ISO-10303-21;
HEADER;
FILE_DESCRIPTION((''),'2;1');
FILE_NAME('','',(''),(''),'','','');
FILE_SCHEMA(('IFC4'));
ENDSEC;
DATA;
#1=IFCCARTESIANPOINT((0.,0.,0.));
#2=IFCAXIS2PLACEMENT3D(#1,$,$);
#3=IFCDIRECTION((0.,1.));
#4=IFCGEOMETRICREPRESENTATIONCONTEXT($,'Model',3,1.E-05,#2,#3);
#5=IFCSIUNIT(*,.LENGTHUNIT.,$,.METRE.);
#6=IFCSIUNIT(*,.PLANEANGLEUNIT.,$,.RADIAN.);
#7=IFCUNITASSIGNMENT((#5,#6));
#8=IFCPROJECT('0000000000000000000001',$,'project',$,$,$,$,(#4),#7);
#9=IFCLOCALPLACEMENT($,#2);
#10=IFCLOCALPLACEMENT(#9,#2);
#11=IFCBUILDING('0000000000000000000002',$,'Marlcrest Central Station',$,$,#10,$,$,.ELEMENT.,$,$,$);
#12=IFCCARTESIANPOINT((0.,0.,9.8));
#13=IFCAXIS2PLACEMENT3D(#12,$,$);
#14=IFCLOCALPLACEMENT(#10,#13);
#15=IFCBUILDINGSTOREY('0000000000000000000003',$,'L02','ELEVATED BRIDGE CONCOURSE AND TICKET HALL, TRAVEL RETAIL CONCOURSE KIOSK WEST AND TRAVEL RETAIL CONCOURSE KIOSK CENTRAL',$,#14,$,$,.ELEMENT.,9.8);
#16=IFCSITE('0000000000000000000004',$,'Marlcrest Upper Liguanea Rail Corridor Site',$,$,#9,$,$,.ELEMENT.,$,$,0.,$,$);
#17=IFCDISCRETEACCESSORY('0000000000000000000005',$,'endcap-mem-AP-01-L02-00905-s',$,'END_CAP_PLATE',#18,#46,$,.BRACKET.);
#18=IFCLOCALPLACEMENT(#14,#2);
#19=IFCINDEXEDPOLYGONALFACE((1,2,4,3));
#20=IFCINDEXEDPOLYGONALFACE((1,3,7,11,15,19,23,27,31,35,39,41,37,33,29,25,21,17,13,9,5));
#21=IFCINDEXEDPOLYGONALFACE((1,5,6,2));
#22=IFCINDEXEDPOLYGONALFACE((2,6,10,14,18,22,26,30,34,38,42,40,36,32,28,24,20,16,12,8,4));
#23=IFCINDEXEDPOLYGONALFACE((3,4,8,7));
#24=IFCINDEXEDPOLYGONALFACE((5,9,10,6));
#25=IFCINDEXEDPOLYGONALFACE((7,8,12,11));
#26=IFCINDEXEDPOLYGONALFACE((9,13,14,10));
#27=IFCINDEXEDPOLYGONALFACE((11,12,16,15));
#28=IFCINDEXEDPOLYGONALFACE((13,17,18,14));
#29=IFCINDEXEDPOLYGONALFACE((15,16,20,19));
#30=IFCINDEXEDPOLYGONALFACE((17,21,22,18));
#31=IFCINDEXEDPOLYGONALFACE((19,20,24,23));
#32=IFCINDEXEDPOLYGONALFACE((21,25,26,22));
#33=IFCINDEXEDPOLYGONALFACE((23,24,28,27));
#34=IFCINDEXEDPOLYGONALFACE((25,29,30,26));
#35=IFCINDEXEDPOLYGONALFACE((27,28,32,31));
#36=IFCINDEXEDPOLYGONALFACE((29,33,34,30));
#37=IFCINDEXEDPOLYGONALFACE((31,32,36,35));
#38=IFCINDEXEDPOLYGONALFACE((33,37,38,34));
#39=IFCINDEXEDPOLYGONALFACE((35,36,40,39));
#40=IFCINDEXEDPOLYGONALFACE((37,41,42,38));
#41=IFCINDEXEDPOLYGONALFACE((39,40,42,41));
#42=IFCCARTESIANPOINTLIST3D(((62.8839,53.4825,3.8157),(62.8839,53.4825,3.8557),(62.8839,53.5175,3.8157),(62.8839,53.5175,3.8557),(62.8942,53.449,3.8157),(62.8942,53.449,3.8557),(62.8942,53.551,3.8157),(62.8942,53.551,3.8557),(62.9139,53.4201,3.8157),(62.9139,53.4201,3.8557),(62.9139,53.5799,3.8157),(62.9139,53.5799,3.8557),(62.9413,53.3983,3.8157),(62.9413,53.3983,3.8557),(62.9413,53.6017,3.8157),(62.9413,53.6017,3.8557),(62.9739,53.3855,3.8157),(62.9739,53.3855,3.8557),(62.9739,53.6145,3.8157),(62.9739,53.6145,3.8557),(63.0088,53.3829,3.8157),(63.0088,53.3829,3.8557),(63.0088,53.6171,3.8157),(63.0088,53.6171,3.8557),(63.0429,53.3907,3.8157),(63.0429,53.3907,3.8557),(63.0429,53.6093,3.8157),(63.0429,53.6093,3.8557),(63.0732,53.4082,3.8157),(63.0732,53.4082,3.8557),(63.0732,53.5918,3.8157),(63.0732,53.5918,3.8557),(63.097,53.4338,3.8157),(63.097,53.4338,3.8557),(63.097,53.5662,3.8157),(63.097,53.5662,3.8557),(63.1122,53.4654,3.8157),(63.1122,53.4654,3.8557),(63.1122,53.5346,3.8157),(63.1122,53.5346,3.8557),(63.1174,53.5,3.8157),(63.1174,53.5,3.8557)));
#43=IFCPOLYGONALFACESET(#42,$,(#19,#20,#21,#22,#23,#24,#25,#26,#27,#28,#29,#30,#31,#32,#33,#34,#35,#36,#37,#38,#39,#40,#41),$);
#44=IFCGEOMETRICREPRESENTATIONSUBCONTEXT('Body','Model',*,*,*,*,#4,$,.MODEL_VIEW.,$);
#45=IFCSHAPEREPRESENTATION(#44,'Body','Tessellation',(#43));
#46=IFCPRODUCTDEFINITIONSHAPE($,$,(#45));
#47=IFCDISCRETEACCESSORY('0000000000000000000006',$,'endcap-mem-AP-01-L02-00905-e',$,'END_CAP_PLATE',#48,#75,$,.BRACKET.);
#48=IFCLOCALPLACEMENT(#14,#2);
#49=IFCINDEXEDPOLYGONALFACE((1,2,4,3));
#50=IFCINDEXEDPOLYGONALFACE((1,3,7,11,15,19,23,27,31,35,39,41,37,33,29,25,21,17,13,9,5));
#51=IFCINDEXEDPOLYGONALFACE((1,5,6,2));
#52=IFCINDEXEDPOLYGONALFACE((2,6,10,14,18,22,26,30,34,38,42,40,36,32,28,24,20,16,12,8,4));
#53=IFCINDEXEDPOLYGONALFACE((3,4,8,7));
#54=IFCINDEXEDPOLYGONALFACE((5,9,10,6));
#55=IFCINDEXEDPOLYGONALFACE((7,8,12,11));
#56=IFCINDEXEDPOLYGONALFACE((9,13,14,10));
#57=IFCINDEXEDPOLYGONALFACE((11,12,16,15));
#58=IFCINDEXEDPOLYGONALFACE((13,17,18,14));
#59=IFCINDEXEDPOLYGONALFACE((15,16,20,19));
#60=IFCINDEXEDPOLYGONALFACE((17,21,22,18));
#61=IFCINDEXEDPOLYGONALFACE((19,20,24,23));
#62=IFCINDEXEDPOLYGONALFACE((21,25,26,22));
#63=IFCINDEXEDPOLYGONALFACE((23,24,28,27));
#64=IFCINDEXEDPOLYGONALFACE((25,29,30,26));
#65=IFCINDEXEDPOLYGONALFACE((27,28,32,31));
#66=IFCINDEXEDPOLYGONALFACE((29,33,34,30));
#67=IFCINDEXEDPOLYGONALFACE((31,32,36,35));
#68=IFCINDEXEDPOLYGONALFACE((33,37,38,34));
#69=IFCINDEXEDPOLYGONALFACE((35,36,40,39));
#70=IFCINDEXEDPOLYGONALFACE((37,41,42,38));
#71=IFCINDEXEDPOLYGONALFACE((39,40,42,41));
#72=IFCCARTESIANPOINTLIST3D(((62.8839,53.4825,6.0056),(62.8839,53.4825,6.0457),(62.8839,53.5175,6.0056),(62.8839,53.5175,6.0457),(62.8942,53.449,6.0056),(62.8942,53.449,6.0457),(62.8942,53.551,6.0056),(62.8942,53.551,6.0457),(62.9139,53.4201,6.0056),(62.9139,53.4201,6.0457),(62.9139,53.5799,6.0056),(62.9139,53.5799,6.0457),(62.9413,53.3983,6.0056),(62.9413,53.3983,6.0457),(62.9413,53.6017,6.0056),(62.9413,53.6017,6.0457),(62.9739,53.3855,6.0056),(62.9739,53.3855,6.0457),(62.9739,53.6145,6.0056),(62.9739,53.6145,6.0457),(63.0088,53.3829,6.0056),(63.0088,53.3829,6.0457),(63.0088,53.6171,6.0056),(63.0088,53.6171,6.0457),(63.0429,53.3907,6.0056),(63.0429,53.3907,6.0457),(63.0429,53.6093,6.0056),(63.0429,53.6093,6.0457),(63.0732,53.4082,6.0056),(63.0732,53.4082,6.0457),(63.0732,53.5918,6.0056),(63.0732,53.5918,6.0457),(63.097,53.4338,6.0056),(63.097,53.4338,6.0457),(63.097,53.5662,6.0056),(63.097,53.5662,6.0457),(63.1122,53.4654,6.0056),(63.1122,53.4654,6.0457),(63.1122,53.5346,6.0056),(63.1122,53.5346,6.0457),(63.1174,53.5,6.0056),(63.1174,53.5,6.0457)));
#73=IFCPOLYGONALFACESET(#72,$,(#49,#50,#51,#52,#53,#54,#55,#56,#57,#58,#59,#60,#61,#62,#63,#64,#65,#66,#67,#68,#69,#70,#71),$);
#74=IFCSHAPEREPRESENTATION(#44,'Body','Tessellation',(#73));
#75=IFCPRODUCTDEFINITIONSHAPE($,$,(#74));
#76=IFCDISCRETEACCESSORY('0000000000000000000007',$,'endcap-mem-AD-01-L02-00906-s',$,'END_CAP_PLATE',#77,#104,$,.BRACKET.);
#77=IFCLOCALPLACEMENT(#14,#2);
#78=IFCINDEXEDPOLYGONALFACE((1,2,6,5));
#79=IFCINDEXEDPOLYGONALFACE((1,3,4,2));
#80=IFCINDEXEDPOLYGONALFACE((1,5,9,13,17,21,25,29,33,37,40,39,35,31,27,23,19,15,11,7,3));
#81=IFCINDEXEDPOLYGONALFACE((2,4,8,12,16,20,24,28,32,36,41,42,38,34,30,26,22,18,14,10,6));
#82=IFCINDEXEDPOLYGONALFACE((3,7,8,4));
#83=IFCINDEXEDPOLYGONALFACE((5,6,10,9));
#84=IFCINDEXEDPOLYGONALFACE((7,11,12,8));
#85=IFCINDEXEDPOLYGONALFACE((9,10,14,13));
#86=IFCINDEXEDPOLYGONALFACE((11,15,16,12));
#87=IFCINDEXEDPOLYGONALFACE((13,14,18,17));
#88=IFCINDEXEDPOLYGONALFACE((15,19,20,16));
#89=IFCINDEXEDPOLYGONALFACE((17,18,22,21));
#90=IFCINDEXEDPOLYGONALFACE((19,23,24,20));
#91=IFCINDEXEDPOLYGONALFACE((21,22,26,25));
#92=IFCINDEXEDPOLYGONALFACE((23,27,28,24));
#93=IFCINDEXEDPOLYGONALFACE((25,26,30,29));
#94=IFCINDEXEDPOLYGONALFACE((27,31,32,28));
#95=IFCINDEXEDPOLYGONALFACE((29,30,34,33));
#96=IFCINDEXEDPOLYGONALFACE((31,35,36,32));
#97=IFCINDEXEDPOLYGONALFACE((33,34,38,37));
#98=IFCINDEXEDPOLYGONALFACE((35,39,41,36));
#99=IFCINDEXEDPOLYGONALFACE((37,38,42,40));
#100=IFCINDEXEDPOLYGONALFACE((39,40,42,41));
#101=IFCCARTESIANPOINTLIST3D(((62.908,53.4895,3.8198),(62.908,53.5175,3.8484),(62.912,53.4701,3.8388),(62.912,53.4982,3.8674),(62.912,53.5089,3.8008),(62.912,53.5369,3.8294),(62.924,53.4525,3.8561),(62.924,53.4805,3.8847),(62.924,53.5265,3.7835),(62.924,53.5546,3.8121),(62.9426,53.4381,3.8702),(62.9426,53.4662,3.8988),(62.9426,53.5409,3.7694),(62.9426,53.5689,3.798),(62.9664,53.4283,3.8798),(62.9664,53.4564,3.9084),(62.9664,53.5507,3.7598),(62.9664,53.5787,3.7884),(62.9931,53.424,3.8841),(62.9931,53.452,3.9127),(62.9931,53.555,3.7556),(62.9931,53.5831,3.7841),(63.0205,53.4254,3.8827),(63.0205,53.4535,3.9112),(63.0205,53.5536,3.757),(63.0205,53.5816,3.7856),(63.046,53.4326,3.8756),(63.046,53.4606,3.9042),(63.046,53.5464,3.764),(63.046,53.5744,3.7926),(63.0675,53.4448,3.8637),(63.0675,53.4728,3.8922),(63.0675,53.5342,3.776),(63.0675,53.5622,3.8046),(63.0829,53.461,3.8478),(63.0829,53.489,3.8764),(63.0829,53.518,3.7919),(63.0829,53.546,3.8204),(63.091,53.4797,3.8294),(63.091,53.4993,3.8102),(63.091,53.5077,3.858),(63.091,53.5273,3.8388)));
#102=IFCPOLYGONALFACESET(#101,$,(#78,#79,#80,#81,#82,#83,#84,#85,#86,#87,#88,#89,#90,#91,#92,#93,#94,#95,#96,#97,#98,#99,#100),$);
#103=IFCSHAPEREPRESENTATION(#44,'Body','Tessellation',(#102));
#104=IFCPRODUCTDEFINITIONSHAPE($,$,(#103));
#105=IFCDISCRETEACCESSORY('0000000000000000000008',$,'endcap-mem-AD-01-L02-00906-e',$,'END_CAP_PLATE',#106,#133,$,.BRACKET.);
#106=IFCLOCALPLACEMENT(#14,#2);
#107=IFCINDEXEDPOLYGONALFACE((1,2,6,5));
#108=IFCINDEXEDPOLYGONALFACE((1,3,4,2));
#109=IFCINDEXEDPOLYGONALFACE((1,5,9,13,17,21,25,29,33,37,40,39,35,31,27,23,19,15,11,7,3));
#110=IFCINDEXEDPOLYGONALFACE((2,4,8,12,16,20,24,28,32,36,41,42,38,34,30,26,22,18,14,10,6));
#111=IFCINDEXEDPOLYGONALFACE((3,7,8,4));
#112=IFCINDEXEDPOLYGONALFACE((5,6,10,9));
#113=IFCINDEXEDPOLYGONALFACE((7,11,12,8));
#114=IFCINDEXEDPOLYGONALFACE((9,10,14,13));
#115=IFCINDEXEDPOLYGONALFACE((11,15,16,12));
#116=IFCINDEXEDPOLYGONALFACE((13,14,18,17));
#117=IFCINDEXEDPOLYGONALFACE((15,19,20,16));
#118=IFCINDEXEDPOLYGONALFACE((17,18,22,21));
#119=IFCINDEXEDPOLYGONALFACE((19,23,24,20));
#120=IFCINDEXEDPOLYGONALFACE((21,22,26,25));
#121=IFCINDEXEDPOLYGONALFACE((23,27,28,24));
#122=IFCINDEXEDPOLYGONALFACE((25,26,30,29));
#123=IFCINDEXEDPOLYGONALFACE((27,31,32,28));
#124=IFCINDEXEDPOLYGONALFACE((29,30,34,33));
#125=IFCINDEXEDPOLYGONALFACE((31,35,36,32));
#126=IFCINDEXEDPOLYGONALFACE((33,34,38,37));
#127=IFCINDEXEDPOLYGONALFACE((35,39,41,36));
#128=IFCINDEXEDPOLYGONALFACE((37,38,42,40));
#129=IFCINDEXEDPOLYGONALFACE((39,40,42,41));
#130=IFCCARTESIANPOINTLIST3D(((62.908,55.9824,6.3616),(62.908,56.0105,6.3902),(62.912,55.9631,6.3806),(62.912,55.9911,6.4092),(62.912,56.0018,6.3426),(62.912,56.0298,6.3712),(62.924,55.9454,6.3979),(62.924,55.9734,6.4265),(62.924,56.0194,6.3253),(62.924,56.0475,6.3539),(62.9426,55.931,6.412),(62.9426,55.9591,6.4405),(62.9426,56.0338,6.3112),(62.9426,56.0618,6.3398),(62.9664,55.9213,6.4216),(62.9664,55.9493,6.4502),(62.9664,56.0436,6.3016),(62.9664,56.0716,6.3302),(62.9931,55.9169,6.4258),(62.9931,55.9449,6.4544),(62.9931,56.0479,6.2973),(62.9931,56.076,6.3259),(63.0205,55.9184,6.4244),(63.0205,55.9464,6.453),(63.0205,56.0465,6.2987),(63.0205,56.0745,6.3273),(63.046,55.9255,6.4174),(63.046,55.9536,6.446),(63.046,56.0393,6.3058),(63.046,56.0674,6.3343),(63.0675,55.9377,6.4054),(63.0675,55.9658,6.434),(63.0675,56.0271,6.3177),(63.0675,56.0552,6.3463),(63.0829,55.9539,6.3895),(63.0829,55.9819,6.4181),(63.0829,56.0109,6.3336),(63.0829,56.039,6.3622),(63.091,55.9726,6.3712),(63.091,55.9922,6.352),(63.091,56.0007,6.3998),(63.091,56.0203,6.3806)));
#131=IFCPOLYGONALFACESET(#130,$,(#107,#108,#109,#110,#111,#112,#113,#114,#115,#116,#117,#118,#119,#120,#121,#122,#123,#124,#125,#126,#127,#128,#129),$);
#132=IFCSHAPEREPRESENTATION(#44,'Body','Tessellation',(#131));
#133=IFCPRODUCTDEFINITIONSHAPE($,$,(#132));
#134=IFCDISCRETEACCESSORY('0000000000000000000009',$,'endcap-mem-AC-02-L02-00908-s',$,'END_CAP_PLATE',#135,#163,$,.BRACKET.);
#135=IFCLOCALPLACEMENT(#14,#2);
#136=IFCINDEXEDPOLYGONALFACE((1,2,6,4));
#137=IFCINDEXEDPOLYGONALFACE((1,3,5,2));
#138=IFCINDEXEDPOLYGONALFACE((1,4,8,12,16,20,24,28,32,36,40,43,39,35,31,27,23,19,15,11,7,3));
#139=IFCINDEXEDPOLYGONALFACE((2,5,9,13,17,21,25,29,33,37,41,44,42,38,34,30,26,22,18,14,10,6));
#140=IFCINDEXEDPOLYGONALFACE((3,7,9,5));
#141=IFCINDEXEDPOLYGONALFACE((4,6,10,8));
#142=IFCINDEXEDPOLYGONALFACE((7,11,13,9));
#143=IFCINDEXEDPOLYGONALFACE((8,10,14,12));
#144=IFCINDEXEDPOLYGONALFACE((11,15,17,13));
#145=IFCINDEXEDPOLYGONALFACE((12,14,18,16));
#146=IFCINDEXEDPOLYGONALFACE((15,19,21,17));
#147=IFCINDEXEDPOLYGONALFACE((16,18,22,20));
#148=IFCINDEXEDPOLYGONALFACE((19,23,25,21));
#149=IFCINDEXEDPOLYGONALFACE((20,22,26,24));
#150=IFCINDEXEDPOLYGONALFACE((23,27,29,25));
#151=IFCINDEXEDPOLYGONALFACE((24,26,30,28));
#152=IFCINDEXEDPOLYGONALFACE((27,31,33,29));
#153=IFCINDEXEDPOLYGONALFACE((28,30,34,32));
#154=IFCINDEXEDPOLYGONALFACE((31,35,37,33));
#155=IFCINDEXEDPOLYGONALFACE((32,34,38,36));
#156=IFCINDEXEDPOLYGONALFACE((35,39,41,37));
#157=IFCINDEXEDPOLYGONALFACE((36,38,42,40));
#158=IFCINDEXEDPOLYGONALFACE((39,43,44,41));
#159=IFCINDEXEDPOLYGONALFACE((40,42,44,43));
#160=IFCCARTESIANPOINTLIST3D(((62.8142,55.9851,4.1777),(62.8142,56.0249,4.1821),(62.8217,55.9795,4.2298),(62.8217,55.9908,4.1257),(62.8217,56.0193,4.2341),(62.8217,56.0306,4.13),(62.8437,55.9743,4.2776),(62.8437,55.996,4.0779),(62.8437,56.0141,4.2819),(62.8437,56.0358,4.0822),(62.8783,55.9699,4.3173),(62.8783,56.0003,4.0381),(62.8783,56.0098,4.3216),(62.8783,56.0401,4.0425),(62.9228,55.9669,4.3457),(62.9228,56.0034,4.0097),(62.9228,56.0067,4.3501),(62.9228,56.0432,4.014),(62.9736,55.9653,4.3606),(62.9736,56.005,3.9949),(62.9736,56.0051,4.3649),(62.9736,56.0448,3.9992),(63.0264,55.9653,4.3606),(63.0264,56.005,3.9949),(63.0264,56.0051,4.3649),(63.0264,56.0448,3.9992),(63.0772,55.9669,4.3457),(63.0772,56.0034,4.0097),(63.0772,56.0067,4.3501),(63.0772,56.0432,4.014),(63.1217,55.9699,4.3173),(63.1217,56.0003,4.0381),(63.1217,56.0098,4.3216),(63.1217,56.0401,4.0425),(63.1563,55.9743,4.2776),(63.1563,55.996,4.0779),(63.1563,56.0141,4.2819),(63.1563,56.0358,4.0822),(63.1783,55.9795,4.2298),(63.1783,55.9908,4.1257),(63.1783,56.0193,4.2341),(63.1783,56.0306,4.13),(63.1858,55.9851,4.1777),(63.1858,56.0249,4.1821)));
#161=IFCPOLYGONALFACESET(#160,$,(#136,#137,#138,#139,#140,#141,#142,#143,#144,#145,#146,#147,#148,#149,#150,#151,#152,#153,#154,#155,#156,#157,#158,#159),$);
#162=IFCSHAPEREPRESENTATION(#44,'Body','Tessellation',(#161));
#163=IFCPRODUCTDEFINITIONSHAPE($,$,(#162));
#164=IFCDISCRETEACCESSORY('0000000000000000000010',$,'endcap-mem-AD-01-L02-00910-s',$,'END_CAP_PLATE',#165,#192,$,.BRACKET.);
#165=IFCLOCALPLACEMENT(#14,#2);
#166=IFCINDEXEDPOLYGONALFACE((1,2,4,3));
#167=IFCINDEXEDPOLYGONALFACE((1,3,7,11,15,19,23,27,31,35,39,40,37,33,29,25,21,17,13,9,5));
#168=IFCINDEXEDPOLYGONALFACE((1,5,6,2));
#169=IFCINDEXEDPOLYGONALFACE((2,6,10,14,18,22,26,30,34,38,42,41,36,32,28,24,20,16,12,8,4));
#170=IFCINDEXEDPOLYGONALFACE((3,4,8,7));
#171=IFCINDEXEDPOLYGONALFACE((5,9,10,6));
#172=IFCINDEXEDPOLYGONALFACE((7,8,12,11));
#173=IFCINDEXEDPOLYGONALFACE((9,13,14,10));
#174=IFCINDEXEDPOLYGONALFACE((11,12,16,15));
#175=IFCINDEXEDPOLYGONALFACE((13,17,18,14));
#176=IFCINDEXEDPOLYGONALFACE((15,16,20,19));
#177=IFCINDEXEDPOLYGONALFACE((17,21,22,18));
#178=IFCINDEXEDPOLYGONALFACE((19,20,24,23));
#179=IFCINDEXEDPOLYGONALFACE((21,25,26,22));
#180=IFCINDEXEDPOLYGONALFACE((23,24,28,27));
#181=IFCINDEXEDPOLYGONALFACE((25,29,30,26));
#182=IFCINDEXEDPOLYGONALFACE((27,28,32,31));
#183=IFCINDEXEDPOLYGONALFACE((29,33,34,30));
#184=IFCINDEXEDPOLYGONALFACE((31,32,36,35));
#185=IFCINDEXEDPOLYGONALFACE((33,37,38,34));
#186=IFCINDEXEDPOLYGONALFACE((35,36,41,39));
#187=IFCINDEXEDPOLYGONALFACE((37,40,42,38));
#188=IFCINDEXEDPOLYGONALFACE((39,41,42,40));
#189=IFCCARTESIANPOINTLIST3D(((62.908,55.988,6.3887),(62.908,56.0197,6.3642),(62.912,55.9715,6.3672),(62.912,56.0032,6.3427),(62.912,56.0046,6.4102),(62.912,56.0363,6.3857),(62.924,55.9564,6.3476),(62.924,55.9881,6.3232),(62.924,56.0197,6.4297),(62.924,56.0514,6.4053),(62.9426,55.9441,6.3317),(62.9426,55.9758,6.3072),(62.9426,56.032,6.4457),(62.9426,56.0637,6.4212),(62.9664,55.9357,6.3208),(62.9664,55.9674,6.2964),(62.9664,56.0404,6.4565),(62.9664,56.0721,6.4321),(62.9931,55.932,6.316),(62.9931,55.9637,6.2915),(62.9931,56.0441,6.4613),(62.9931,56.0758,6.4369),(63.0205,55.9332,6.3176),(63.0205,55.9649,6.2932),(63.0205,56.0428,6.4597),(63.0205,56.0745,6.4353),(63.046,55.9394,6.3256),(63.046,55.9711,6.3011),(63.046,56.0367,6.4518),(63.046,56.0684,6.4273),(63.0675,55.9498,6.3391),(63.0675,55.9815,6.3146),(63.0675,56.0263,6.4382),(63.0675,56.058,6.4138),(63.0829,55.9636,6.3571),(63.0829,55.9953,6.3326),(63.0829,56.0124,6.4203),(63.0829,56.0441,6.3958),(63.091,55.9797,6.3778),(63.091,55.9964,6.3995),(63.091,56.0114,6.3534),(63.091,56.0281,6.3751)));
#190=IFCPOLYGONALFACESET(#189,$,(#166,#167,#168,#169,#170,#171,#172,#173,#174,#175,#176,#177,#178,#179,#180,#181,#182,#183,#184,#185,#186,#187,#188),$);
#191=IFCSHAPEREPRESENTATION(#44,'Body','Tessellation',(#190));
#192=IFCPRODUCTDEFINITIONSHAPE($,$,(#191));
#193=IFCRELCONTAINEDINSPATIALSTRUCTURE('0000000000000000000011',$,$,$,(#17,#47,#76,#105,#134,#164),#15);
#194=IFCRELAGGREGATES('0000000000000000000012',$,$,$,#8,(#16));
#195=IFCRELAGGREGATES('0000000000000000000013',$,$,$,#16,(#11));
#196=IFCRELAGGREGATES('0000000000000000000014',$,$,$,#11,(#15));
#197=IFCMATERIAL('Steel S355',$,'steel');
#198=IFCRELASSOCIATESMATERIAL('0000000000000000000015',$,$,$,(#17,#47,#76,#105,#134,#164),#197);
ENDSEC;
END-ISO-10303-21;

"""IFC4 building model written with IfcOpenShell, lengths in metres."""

from ifc_helpers import new_model, si_unit, direction, frame, origin, origin_2d, place, context, subcontext, project, spatial, circle, extrude, material, element, save


model = new_model("IFC4")

# Units and contexts
model_context = context("Model", 3, precision=1e-05, world=origin(), true_north=direction((0.0, 1.0)))
body_context = subcontext(model_context, "Body", "Model", "MODEL_VIEW")
ifc_project = project(units=[si_unit("LENGTHUNIT", "METRE"), si_unit("PLANEANGLEUNIT", "RADIAN")], contexts=[model_context])

# Site, building, storey
site_placement = place(None, origin())
site = spatial("IfcSite", under=ifc_project, at=site_placement, Name="Marlcrest Upper Liguanea Rail Corridor Site", CompositionType="ELEMENT", RefElevation=0.0)
building_placement = place(site_placement, origin())
building = spatial("IfcBuilding", under=site, at=building_placement, Name="Marlcrest Central Station", CompositionType="ELEMENT")
storey_placement = place(building_placement, frame((0.0, 0.0, 9.8)))
storey = spatial("IfcBuildingStorey", under=building, at=storey_placement, Name="L02", Description="ELEVATED BRIDGE CONCOURSE AND TICKET HALL, TRAVEL RETAIL CONCOURSE KIOSK WEST AND TRAVEL RETAIL CONCOURSE KIOSK CENTRAL", CompositionType="ELEMENT", Elevation=9.8)

# Shared definitions
ifc_material = material(Name="Steel S355", Category="steel")

# Discrete accessories
for number, where, z_axis, x_axis, name in (
    (1, (63.0, 53.5, 3.8157), (0.0, 0.0, 1.0), (1.0, 0.0, 0.0), "endcap-mem-AP-01-L02-00905-s"),
    (2, (63.0, 53.5, 6.0056), (0.0, 0.0, 1.0), (1.0, 0.0, 0.0), "endcap-mem-AP-01-L02-00905-e"),
):
    element("IfcDiscreteAccessory", number, at=place(storey_placement, frame(where, z_axis=z_axis, x_axis=x_axis)), inside=storey, material=ifc_material, Name=name, ObjectType="END_CAP_PLATE", PredefinedType="BRACKET", context=body_context, shape_type="SweptSolid", body=[
        extrude(circle(Radius=0.1174, at=origin_2d()), origin(), (0.0, 0.0, 1.0), 0.04),
    ])
for number, where, z_axis, x_axis, name in (
    (3, (63.0, 53.4895, 3.8198), (0.0, 0.700235, 0.713912), (-1.0, 0.0, 0.0), "endcap-mem-AD-01-L02-00906-s"),
    (4, (63.0, 55.9824, 6.3616), (0.0, 0.700235, 0.713912), (-1.0, 0.0, 0.0), "endcap-mem-AD-01-L02-00906-e"),
):
    element("IfcDiscreteAccessory", number, at=place(storey_placement, frame(where, z_axis=z_axis, x_axis=x_axis)), inside=storey, material=ifc_material, Name=name, ObjectType="END_CAP_PLATE", PredefinedType="BRACKET", context=body_context, shape_type="SweptSolid", body=[
        extrude(circle(Radius=0.092, at=origin_2d()), origin(), (0.0, 0.0, 1.0), 0.04),
    ])
discrete_accessory_1_placement = place(storey_placement, frame((63.0, 55.9851, 4.1777), z_axis=(0.0, 0.994155, 0.107959), x_axis=(-1.0, 0.0, 0.0)))
element("IfcDiscreteAccessory", 5, at=discrete_accessory_1_placement, inside=storey, material=ifc_material, Name="endcap-mem-AC-02-L02-00908-s", ObjectType="END_CAP_PLATE", PredefinedType="BRACKET", context=body_context, shape_type="SweptSolid", body=[
    extrude(circle(Radius=0.1858, at=origin_2d()), origin(), (0.0, 0.0, 1.0), 0.04),
])
discrete_accessory_2_placement = place(storey_placement, frame((63.0, 55.988, 6.3887), z_axis=(0.0, 0.791798, -0.610783), x_axis=(-1.0, 0.0, 0.0)))
element("IfcDiscreteAccessory", 6, at=discrete_accessory_2_placement, inside=storey, material=ifc_material, Name="endcap-mem-AD-01-L02-00910-s", ObjectType="END_CAP_PLATE", PredefinedType="BRACKET", context=body_context, shape_type="SweptSolid", body=[
    extrude(circle(Radius=0.092, at=origin_2d()), origin(), (0.0, 0.0, 1.0), 0.04),
])

save(model, "model.ifc")
